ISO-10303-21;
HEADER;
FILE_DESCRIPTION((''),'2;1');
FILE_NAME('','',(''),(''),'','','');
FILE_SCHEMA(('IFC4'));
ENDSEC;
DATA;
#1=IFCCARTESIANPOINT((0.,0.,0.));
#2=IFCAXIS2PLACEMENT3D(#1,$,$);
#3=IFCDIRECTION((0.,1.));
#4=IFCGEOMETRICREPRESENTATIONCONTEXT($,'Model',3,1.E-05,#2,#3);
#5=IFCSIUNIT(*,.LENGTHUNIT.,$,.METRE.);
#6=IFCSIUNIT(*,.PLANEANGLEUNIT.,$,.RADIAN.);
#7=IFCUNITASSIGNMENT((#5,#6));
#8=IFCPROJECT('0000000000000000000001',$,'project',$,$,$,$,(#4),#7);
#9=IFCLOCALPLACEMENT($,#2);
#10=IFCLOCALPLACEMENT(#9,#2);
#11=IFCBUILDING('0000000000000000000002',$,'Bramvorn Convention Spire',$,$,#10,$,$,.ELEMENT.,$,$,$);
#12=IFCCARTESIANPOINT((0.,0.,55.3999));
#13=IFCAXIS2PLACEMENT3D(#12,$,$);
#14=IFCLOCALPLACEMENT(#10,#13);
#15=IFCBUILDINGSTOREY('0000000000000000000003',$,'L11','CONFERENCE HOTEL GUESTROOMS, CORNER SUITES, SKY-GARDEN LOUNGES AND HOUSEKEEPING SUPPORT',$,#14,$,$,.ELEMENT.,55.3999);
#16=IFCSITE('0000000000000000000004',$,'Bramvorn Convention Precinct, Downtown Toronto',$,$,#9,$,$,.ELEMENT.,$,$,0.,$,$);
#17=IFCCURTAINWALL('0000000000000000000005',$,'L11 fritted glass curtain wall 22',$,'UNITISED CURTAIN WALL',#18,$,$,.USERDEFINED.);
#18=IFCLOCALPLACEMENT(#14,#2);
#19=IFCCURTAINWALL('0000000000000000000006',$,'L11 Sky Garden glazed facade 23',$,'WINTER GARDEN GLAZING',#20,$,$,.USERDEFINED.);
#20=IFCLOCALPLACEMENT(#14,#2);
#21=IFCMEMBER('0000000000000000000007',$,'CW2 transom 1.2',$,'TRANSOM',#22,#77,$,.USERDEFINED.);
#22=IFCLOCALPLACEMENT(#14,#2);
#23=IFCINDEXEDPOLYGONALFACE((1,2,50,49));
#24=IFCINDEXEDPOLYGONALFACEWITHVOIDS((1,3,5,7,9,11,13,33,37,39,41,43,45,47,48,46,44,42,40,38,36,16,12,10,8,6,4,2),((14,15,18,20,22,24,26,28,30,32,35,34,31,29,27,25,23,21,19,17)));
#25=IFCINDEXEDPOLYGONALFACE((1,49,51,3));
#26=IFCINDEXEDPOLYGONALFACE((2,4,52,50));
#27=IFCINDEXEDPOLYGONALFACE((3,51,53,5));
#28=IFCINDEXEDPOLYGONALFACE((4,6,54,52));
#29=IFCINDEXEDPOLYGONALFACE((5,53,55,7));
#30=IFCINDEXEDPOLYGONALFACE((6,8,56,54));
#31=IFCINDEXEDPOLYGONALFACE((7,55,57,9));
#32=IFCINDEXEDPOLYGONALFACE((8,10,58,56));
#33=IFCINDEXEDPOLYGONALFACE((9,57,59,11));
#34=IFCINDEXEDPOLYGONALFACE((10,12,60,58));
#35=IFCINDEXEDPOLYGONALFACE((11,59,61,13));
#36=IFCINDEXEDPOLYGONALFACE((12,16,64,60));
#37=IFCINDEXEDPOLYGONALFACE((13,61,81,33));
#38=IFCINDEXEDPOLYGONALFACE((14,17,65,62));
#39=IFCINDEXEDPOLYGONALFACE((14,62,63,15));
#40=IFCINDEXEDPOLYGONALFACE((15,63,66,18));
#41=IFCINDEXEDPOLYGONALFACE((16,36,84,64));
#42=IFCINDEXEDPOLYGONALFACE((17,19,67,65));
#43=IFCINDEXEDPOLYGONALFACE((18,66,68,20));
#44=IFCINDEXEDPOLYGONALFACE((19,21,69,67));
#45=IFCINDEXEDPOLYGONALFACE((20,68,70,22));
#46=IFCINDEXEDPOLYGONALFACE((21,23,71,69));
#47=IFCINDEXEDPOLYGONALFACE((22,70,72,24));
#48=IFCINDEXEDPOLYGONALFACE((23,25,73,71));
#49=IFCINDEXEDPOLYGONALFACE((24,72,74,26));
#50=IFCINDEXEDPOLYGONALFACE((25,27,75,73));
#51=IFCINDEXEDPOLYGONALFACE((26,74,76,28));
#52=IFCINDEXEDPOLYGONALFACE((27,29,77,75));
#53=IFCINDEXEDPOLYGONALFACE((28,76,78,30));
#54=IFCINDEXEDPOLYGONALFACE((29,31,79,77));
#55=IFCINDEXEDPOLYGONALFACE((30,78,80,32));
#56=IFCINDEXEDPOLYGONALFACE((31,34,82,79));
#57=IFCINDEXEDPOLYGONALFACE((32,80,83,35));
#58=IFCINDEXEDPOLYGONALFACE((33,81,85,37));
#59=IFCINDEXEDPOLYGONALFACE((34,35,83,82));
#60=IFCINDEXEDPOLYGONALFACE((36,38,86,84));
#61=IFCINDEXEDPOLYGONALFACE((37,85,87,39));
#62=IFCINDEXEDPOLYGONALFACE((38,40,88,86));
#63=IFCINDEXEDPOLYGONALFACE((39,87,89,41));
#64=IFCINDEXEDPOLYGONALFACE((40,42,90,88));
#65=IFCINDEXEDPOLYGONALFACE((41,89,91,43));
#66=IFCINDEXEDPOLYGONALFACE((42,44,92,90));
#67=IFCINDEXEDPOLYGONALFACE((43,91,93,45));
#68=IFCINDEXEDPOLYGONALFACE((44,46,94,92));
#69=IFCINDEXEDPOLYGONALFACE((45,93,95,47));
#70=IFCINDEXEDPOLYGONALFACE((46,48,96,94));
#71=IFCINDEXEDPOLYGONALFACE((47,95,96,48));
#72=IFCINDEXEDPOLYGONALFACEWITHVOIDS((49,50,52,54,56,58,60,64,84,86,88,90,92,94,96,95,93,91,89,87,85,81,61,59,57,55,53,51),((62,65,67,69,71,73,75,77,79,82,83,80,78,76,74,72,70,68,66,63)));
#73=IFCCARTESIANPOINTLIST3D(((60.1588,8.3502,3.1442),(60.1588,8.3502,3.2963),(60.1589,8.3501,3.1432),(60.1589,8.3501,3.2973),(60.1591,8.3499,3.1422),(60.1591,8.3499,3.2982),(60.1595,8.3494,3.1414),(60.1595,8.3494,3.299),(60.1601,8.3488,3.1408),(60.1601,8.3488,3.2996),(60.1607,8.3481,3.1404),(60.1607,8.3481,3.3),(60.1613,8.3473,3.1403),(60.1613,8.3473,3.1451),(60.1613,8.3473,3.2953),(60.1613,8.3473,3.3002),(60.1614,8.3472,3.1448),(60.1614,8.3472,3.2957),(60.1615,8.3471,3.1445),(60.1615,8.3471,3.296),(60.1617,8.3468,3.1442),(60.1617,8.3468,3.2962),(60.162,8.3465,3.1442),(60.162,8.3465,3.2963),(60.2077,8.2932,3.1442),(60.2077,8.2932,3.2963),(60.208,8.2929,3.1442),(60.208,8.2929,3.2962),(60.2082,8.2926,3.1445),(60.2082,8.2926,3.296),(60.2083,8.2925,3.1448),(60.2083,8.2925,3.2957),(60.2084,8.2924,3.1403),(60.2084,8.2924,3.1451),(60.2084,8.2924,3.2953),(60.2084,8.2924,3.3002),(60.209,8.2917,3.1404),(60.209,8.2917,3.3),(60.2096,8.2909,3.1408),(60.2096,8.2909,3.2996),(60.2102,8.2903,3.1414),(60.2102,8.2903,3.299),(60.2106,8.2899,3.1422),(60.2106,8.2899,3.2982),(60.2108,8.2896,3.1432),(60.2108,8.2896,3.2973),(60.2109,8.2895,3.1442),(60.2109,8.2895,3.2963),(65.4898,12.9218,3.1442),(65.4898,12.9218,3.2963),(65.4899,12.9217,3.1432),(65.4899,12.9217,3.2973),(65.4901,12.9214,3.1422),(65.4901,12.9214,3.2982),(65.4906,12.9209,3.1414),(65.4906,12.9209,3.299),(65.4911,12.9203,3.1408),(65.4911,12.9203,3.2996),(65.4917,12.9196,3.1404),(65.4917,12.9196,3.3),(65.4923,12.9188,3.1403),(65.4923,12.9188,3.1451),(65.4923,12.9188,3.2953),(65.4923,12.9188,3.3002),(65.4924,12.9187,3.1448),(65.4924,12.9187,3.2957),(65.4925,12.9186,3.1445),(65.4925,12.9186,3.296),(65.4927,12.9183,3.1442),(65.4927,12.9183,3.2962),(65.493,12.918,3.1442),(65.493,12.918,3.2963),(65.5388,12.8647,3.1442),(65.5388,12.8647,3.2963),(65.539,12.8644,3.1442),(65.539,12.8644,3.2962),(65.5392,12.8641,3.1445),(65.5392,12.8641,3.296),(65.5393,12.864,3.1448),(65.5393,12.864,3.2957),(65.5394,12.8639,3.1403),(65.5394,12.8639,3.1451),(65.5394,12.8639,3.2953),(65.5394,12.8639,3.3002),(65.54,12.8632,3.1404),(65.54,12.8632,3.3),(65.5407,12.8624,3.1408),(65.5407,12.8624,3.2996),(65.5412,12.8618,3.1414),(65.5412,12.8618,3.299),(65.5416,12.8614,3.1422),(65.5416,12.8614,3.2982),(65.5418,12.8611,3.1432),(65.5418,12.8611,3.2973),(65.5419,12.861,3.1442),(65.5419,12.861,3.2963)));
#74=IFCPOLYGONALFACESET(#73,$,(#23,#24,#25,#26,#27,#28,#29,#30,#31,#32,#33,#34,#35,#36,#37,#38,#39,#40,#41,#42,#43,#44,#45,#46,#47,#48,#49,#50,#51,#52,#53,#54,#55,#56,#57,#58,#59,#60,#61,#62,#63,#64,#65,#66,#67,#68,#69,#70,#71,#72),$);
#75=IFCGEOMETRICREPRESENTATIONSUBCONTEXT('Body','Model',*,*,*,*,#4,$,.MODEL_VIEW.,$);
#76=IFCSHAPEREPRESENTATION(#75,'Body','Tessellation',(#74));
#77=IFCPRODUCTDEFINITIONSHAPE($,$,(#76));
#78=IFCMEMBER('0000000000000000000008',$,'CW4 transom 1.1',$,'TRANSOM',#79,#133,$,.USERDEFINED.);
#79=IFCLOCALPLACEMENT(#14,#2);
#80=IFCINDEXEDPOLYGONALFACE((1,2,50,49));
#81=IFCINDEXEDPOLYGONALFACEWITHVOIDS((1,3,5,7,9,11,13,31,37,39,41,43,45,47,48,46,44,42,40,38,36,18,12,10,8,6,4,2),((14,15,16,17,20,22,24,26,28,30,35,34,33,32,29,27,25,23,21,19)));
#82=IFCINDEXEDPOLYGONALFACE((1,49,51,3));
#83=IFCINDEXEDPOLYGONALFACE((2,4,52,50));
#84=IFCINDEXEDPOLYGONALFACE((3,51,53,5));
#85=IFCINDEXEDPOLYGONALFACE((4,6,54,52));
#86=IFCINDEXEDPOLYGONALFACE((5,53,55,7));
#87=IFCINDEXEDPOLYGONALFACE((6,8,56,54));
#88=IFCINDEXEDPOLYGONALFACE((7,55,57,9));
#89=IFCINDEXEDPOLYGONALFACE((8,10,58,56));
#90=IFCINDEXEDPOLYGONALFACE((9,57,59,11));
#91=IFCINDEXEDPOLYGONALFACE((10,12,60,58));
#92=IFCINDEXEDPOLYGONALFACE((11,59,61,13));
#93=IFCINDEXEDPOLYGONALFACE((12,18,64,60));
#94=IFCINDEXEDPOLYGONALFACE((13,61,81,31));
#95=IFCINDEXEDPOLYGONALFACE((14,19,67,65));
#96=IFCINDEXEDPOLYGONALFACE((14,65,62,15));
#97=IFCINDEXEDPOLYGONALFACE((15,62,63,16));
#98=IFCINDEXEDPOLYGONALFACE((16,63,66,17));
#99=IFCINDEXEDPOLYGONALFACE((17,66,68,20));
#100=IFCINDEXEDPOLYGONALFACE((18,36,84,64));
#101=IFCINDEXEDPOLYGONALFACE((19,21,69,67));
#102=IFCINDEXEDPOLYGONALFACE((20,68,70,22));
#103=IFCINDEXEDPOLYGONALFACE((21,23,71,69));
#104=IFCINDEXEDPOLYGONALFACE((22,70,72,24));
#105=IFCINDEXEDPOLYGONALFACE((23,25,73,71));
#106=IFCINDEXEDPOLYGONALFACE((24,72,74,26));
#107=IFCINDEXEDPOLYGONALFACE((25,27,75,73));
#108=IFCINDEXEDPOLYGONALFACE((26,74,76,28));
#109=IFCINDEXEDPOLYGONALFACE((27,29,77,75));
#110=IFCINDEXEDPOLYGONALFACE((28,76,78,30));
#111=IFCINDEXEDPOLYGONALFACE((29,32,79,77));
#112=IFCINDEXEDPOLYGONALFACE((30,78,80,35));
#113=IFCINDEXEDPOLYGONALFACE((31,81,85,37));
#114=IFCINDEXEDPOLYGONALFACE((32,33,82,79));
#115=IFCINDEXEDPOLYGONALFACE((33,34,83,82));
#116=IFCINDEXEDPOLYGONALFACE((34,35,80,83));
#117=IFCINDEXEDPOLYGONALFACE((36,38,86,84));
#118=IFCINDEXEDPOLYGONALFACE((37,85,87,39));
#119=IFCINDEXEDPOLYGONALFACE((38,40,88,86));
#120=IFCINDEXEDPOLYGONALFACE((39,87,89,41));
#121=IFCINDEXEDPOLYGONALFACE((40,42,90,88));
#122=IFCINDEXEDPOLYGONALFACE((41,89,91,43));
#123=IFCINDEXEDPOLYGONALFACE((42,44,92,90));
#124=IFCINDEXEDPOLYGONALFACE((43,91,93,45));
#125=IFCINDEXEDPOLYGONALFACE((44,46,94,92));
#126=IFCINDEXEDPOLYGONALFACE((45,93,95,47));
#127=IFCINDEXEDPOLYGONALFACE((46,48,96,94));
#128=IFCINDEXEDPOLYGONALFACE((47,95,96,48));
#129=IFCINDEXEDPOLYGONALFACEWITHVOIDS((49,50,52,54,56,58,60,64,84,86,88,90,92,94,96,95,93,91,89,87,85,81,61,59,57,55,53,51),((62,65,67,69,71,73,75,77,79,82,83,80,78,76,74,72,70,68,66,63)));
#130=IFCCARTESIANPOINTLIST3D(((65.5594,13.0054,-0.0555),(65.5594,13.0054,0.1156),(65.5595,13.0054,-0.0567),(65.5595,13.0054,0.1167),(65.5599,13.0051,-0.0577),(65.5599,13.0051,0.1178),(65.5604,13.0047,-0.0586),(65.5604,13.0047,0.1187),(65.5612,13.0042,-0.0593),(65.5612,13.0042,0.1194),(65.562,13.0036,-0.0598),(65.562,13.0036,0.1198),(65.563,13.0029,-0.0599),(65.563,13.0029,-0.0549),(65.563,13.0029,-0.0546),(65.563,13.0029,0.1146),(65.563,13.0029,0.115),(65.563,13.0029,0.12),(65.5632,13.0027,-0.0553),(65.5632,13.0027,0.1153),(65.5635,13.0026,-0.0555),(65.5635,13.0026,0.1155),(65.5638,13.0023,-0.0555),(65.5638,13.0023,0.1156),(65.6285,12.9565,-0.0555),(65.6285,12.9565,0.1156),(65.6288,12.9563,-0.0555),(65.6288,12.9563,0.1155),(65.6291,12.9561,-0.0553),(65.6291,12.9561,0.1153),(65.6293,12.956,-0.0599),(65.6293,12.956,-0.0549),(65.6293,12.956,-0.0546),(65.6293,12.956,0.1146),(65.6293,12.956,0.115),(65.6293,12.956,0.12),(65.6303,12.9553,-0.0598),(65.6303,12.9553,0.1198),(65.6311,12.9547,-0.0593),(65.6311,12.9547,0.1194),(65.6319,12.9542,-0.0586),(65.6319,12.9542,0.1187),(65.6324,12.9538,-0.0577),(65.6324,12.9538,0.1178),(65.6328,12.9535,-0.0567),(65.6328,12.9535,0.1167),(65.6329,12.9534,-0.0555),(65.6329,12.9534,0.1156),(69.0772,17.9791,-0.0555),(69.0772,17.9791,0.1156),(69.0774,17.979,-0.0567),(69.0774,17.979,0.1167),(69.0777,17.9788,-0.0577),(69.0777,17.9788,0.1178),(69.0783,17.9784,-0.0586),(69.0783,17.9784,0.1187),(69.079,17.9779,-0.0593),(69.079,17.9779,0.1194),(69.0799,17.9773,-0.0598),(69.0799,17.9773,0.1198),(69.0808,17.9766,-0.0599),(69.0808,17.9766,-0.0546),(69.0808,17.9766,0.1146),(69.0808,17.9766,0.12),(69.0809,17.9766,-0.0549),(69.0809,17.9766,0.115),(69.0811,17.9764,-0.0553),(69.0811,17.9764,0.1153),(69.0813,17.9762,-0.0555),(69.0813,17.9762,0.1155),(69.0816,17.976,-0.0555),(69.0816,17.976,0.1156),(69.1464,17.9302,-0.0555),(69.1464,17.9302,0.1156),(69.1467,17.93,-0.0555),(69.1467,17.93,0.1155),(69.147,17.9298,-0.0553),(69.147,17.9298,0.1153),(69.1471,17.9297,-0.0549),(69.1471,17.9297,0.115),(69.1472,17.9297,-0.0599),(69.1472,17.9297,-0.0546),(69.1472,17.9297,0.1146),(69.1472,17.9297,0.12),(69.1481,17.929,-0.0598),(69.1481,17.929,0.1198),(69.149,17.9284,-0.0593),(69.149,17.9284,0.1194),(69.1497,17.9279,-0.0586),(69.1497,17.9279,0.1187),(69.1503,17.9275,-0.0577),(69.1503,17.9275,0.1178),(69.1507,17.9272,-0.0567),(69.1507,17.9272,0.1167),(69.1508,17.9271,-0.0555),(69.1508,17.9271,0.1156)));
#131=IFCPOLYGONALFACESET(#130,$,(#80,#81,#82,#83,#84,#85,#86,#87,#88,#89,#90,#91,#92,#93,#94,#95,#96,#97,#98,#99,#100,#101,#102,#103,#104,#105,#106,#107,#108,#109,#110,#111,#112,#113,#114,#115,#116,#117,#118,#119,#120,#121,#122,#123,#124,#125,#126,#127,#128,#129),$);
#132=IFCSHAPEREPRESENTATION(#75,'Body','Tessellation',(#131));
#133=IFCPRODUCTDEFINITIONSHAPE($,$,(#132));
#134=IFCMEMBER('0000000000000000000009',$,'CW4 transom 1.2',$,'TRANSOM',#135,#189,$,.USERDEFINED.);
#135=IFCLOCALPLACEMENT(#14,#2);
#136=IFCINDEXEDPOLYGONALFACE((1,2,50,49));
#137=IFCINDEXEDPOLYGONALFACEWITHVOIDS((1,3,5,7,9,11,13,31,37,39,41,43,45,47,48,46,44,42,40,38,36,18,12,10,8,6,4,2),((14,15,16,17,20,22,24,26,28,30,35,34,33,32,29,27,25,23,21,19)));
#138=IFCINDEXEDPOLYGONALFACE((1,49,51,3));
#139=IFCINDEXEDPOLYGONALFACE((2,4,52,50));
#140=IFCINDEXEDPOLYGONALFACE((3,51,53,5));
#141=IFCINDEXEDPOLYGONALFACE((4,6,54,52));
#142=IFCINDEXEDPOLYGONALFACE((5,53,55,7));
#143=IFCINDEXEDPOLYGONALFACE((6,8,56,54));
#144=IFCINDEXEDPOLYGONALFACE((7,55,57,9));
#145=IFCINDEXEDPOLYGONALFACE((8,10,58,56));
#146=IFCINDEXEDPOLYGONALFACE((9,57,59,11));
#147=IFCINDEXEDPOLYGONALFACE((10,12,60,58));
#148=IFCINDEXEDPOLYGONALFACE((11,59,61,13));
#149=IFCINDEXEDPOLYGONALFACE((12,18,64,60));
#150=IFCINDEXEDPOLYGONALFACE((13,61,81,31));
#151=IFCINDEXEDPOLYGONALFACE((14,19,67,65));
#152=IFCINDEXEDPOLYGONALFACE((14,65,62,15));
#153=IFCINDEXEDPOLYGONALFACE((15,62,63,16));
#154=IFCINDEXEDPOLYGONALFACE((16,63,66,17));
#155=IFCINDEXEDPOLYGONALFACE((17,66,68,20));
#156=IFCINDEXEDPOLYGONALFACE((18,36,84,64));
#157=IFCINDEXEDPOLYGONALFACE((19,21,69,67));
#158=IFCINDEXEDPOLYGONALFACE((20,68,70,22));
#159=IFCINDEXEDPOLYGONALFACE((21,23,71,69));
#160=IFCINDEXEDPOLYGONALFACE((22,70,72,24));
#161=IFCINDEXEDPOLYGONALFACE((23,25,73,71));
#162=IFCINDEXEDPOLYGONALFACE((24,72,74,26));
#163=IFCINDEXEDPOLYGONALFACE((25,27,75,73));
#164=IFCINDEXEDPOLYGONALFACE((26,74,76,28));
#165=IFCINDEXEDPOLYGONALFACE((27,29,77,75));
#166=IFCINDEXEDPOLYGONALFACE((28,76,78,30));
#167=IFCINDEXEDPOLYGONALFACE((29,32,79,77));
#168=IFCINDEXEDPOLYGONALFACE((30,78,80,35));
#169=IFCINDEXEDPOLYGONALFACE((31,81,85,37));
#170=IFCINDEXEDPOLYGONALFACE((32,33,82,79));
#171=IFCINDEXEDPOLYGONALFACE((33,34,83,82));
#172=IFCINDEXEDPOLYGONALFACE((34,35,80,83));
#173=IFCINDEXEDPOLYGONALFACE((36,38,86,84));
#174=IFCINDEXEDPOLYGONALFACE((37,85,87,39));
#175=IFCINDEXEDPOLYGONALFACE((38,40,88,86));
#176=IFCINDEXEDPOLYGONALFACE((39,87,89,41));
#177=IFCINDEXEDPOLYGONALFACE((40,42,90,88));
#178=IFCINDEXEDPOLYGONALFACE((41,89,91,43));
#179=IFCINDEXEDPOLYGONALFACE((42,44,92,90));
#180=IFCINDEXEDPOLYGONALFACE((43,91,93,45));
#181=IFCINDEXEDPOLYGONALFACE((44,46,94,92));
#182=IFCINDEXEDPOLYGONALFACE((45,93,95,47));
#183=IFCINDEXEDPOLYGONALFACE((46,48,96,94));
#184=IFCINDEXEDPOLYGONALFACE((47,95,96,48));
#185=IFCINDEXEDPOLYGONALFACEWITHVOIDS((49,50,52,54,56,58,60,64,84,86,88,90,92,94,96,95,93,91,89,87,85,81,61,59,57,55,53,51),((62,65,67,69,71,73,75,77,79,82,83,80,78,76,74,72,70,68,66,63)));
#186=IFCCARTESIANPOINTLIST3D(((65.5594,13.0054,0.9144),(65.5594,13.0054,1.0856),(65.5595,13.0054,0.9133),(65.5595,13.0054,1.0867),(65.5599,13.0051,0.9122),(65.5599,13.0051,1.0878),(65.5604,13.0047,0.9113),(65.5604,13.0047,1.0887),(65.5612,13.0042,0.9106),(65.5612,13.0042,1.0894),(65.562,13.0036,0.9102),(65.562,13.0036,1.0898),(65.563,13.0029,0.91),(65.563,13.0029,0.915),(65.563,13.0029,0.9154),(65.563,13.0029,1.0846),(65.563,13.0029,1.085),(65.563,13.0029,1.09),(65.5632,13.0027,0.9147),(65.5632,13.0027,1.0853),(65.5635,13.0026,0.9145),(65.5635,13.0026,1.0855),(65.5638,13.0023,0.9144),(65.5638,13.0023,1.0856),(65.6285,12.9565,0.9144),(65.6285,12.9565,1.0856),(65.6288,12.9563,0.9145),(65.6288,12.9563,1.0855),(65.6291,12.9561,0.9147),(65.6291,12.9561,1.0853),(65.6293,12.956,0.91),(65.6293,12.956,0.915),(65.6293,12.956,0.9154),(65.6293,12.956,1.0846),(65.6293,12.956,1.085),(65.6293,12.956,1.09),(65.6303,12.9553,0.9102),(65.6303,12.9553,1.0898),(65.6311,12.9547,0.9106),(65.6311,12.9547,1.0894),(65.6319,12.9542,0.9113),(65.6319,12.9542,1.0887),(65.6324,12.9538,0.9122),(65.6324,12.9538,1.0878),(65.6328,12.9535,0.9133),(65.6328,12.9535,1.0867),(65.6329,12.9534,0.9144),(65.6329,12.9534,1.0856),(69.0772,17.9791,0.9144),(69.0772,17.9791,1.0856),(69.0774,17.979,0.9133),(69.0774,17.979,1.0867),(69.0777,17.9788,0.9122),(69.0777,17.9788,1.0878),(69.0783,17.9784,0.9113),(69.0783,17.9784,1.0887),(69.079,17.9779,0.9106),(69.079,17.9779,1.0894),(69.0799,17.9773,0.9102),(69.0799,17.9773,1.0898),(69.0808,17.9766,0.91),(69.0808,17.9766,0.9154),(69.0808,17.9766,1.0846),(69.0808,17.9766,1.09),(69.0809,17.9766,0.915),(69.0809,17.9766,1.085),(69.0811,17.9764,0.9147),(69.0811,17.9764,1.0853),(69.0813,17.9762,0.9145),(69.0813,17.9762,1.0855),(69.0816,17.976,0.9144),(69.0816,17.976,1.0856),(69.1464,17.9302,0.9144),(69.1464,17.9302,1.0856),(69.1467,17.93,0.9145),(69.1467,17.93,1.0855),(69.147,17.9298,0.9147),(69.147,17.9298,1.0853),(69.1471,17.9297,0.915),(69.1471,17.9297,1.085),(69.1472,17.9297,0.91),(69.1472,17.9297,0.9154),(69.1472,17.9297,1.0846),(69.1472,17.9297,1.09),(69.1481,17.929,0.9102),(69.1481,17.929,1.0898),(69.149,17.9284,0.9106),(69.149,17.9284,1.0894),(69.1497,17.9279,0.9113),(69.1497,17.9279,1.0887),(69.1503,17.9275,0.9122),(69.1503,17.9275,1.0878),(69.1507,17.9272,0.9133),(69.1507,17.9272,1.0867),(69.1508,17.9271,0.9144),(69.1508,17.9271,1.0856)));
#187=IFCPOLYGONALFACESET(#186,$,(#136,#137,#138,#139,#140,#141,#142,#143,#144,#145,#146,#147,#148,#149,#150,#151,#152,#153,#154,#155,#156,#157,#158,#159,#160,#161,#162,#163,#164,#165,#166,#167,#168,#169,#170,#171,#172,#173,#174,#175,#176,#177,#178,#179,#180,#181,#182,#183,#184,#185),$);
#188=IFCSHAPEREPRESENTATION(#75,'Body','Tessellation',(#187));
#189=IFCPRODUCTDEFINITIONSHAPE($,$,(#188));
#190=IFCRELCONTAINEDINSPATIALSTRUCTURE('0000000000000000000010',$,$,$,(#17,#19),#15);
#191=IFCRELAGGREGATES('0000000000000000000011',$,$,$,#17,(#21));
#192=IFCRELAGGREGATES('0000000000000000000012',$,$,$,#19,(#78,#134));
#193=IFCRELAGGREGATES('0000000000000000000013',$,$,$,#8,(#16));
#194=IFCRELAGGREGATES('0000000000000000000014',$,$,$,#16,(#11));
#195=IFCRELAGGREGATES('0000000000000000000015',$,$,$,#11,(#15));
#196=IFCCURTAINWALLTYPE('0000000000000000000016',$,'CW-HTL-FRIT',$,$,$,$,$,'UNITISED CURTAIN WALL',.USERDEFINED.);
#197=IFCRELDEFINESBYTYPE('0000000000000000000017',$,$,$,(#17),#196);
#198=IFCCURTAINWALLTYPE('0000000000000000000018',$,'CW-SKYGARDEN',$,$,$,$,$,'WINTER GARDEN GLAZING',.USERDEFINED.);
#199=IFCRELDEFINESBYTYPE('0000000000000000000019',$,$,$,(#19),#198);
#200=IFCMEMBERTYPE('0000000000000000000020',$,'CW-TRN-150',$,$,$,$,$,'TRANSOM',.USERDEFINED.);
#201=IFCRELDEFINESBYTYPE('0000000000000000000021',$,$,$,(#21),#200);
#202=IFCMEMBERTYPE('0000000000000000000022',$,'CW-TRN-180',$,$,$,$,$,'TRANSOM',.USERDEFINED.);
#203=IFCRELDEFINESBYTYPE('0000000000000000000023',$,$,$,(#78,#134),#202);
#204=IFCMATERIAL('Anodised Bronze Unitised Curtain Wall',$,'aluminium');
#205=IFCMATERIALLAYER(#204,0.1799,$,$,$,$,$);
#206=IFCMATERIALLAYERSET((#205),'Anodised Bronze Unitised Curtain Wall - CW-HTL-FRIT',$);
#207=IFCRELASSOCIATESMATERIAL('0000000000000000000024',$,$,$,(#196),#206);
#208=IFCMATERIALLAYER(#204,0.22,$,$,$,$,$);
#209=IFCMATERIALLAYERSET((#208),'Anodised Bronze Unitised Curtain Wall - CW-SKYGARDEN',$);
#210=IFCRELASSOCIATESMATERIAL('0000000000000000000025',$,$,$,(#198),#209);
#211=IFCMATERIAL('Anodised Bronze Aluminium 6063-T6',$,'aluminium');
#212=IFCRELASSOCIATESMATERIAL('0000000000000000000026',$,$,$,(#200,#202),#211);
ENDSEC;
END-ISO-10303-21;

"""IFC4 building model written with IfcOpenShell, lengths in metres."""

from ifc_helpers import new_model, si_unit, direction, frame, origin, origin_2d, place, context, subcontext, project, spatial, hollow_rectangle, extrude, material, layer, layer_set, material_profile, profile_set, type_object, element, aggregate, save


model = new_model("IFC4")

# Units and contexts
model_context = context("Model", 3, precision=1e-05, world=origin(), true_north=direction((0.0, 1.0)))
body_context = subcontext(model_context, "Body", "Model", "MODEL_VIEW")
ifc_project = project(units=[si_unit("LENGTHUNIT", "METRE"), si_unit("PLANEANGLEUNIT", "RADIAN")], contexts=[model_context])

# Site, building, storey
site_placement = place(None, origin())
site = spatial("IfcSite", under=ifc_project, at=site_placement, Name="Bramvorn Convention Precinct, Downtown Toronto", CompositionType="ELEMENT", RefElevation=0.0)
building_placement = place(site_placement, origin())
building = spatial("IfcBuilding", under=site, at=building_placement, Name="Bramvorn Convention Spire", CompositionType="ELEMENT")
storey_placement = place(building_placement, frame((0.0, 0.0, 55.3999)))
storey = spatial("IfcBuildingStorey", under=building, at=storey_placement, Name="L11", Description="CONFERENCE HOTEL GUESTROOMS, CORNER SUITES, SKY-GARDEN LOUNGES AND HOUSEKEEPING SUPPORT", CompositionType="ELEMENT", Elevation=55.3999)

# Curtain walls
ifc_material_1 = material(Name="Anodised Bronze Unitised Curtain Wall", Category="aluminium")
ifc_layer_1 = layer(ifc_material_1, 0.1799)
ifc_layer_set_1 = layer_set([ifc_layer_1], Name="Anodised Bronze Unitised Curtain Wall - CW-HTL-FRIT")
curtain_wall_type_1 = type_object("IfcCurtainWallType", Name="CW-HTL-FRIT", ElementType="UNITISED CURTAIN WALL", PredefinedType="USERDEFINED", material=ifc_layer_set_1)
ifc_material_2 = material(Name="Anodised Bronze Aluminium 6063-T6", Category="aluminium")
curtain_wall_1_placement = place(storey_placement, origin())
curtain_wall_1 = element("IfcCurtainWall", 1, at=curtain_wall_1_placement, inside=storey, type_object=curtain_wall_type_1, Name="L11 fritted glass curtain wall 22", ObjectType="UNITISED CURTAIN WALL", PredefinedType="USERDEFINED")
ifc_layer_2 = layer(ifc_material_1, 0.22)
ifc_layer_set_2 = layer_set([ifc_layer_2], Name="Anodised Bronze Unitised Curtain Wall - CW-SKYGARDEN")
curtain_wall_type_2 = type_object("IfcCurtainWallType", Name="CW-SKYGARDEN", ElementType="WINTER GARDEN GLAZING", PredefinedType="USERDEFINED", material=ifc_layer_set_2)
curtain_wall_2_placement = place(storey_placement, origin())
curtain_wall_2 = element("IfcCurtainWall", 2, at=curtain_wall_2_placement, inside=storey, type_object=curtain_wall_type_2, Name="L11 Sky Garden glazed facade 23", ObjectType="WINTER GARDEN GLAZING", PredefinedType="USERDEFINED")

# Members
ifc_material_profile_1 = material_profile(ifc_material_2, hollow_rectangle(XDim=0.0801, YDim=0.1599, WallThickness=0.0039, InnerFilletRadius=0.001, OuterFilletRadius=0.0039, at=origin_2d()))
ifc_profile_set_1 = profile_set([ifc_material_profile_1], Name="Anodised Bronze Aluminium 6063-T6 - CWT80X160")
member_type_1 = type_object("IfcMemberType", Name="CW-TRN-150", ElementType="TRANSOM", PredefinedType="USERDEFINED", material=ifc_profile_set_1)
member_1_placement = place(storey_placement, frame((65.5159, 12.8914, 3.2202), z_axis=(-0.759112, -0.65096, 0.0), x_axis=(0.65096, -0.759112, 0.0)))
member_1 = element("IfcMember", 3, at=member_1_placement, type_object=member_type_1, Name="CW2 transom 1.2", ObjectType="TRANSOM", PredefinedType="USERDEFINED", context=body_context, shape_type="SweptSolid", body=[
    extrude(hollow_rectangle(XDim=0.0801, YDim=0.1599, WallThickness=0.0039, InnerFilletRadius=0.001, OuterFilletRadius=0.0039, at=origin_2d()), origin(), (0.0, 0.0, 1.0), 7.0227),
])
ifc_material_profile_2 = material_profile(ifc_material_2, hollow_rectangle(XDim=0.0901, YDim=0.1799, WallThickness=0.0044, InnerFilletRadius=0.001, OuterFilletRadius=0.0044, at=origin_2d()))
ifc_profile_set_2 = profile_set([ifc_material_profile_2], Name="Anodised Bronze Aluminium 6063-T6 - CWT90X180")
member_type_2 = type_object("IfcMemberType", Name="CW-TRN-180", ElementType="TRANSOM", PredefinedType="USERDEFINED", material=ifc_profile_set_2)
member_2_placement = place(storey_placement, frame((69.114, 17.9531, 0.03), z_axis=(-0.577452, -0.816424, 0.0), x_axis=(0.816424, -0.577452, 0.0)))
member_2 = element("IfcMember", 4, at=member_2_placement, type_object=member_type_2, Name="CW4 transom 1.1", ObjectType="TRANSOM", PredefinedType="USERDEFINED", context=body_context, shape_type="SweptSolid", body=[
    extrude(hollow_rectangle(XDim=0.0901, YDim=0.1799, WallThickness=0.0044, InnerFilletRadius=0.001, OuterFilletRadius=0.0044, at=origin_2d()), origin(), (0.0, 0.0, 1.0), 6.092),
])
member_3_placement = place(storey_placement, frame((69.114, 17.9531, 1.0), z_axis=(-0.577452, -0.816424, 0.0), x_axis=(0.816424, -0.577452, 0.0)))
member_3 = element("IfcMember", 5, at=member_3_placement, type_object=member_type_2, Name="CW4 transom 1.2", ObjectType="TRANSOM", PredefinedType="USERDEFINED", context=body_context, shape_type="SweptSolid", body=[
    extrude(hollow_rectangle(XDim=0.0901, YDim=0.1799, WallThickness=0.0044, InnerFilletRadius=0.001, OuterFilletRadius=0.0044, at=origin_2d()), origin(), (0.0, 0.0, 1.0), 6.092),
])

aggregate(curtain_wall_1, [member_1])
aggregate(curtain_wall_2, [member_2, member_3])

save(model, "model.ifc")
